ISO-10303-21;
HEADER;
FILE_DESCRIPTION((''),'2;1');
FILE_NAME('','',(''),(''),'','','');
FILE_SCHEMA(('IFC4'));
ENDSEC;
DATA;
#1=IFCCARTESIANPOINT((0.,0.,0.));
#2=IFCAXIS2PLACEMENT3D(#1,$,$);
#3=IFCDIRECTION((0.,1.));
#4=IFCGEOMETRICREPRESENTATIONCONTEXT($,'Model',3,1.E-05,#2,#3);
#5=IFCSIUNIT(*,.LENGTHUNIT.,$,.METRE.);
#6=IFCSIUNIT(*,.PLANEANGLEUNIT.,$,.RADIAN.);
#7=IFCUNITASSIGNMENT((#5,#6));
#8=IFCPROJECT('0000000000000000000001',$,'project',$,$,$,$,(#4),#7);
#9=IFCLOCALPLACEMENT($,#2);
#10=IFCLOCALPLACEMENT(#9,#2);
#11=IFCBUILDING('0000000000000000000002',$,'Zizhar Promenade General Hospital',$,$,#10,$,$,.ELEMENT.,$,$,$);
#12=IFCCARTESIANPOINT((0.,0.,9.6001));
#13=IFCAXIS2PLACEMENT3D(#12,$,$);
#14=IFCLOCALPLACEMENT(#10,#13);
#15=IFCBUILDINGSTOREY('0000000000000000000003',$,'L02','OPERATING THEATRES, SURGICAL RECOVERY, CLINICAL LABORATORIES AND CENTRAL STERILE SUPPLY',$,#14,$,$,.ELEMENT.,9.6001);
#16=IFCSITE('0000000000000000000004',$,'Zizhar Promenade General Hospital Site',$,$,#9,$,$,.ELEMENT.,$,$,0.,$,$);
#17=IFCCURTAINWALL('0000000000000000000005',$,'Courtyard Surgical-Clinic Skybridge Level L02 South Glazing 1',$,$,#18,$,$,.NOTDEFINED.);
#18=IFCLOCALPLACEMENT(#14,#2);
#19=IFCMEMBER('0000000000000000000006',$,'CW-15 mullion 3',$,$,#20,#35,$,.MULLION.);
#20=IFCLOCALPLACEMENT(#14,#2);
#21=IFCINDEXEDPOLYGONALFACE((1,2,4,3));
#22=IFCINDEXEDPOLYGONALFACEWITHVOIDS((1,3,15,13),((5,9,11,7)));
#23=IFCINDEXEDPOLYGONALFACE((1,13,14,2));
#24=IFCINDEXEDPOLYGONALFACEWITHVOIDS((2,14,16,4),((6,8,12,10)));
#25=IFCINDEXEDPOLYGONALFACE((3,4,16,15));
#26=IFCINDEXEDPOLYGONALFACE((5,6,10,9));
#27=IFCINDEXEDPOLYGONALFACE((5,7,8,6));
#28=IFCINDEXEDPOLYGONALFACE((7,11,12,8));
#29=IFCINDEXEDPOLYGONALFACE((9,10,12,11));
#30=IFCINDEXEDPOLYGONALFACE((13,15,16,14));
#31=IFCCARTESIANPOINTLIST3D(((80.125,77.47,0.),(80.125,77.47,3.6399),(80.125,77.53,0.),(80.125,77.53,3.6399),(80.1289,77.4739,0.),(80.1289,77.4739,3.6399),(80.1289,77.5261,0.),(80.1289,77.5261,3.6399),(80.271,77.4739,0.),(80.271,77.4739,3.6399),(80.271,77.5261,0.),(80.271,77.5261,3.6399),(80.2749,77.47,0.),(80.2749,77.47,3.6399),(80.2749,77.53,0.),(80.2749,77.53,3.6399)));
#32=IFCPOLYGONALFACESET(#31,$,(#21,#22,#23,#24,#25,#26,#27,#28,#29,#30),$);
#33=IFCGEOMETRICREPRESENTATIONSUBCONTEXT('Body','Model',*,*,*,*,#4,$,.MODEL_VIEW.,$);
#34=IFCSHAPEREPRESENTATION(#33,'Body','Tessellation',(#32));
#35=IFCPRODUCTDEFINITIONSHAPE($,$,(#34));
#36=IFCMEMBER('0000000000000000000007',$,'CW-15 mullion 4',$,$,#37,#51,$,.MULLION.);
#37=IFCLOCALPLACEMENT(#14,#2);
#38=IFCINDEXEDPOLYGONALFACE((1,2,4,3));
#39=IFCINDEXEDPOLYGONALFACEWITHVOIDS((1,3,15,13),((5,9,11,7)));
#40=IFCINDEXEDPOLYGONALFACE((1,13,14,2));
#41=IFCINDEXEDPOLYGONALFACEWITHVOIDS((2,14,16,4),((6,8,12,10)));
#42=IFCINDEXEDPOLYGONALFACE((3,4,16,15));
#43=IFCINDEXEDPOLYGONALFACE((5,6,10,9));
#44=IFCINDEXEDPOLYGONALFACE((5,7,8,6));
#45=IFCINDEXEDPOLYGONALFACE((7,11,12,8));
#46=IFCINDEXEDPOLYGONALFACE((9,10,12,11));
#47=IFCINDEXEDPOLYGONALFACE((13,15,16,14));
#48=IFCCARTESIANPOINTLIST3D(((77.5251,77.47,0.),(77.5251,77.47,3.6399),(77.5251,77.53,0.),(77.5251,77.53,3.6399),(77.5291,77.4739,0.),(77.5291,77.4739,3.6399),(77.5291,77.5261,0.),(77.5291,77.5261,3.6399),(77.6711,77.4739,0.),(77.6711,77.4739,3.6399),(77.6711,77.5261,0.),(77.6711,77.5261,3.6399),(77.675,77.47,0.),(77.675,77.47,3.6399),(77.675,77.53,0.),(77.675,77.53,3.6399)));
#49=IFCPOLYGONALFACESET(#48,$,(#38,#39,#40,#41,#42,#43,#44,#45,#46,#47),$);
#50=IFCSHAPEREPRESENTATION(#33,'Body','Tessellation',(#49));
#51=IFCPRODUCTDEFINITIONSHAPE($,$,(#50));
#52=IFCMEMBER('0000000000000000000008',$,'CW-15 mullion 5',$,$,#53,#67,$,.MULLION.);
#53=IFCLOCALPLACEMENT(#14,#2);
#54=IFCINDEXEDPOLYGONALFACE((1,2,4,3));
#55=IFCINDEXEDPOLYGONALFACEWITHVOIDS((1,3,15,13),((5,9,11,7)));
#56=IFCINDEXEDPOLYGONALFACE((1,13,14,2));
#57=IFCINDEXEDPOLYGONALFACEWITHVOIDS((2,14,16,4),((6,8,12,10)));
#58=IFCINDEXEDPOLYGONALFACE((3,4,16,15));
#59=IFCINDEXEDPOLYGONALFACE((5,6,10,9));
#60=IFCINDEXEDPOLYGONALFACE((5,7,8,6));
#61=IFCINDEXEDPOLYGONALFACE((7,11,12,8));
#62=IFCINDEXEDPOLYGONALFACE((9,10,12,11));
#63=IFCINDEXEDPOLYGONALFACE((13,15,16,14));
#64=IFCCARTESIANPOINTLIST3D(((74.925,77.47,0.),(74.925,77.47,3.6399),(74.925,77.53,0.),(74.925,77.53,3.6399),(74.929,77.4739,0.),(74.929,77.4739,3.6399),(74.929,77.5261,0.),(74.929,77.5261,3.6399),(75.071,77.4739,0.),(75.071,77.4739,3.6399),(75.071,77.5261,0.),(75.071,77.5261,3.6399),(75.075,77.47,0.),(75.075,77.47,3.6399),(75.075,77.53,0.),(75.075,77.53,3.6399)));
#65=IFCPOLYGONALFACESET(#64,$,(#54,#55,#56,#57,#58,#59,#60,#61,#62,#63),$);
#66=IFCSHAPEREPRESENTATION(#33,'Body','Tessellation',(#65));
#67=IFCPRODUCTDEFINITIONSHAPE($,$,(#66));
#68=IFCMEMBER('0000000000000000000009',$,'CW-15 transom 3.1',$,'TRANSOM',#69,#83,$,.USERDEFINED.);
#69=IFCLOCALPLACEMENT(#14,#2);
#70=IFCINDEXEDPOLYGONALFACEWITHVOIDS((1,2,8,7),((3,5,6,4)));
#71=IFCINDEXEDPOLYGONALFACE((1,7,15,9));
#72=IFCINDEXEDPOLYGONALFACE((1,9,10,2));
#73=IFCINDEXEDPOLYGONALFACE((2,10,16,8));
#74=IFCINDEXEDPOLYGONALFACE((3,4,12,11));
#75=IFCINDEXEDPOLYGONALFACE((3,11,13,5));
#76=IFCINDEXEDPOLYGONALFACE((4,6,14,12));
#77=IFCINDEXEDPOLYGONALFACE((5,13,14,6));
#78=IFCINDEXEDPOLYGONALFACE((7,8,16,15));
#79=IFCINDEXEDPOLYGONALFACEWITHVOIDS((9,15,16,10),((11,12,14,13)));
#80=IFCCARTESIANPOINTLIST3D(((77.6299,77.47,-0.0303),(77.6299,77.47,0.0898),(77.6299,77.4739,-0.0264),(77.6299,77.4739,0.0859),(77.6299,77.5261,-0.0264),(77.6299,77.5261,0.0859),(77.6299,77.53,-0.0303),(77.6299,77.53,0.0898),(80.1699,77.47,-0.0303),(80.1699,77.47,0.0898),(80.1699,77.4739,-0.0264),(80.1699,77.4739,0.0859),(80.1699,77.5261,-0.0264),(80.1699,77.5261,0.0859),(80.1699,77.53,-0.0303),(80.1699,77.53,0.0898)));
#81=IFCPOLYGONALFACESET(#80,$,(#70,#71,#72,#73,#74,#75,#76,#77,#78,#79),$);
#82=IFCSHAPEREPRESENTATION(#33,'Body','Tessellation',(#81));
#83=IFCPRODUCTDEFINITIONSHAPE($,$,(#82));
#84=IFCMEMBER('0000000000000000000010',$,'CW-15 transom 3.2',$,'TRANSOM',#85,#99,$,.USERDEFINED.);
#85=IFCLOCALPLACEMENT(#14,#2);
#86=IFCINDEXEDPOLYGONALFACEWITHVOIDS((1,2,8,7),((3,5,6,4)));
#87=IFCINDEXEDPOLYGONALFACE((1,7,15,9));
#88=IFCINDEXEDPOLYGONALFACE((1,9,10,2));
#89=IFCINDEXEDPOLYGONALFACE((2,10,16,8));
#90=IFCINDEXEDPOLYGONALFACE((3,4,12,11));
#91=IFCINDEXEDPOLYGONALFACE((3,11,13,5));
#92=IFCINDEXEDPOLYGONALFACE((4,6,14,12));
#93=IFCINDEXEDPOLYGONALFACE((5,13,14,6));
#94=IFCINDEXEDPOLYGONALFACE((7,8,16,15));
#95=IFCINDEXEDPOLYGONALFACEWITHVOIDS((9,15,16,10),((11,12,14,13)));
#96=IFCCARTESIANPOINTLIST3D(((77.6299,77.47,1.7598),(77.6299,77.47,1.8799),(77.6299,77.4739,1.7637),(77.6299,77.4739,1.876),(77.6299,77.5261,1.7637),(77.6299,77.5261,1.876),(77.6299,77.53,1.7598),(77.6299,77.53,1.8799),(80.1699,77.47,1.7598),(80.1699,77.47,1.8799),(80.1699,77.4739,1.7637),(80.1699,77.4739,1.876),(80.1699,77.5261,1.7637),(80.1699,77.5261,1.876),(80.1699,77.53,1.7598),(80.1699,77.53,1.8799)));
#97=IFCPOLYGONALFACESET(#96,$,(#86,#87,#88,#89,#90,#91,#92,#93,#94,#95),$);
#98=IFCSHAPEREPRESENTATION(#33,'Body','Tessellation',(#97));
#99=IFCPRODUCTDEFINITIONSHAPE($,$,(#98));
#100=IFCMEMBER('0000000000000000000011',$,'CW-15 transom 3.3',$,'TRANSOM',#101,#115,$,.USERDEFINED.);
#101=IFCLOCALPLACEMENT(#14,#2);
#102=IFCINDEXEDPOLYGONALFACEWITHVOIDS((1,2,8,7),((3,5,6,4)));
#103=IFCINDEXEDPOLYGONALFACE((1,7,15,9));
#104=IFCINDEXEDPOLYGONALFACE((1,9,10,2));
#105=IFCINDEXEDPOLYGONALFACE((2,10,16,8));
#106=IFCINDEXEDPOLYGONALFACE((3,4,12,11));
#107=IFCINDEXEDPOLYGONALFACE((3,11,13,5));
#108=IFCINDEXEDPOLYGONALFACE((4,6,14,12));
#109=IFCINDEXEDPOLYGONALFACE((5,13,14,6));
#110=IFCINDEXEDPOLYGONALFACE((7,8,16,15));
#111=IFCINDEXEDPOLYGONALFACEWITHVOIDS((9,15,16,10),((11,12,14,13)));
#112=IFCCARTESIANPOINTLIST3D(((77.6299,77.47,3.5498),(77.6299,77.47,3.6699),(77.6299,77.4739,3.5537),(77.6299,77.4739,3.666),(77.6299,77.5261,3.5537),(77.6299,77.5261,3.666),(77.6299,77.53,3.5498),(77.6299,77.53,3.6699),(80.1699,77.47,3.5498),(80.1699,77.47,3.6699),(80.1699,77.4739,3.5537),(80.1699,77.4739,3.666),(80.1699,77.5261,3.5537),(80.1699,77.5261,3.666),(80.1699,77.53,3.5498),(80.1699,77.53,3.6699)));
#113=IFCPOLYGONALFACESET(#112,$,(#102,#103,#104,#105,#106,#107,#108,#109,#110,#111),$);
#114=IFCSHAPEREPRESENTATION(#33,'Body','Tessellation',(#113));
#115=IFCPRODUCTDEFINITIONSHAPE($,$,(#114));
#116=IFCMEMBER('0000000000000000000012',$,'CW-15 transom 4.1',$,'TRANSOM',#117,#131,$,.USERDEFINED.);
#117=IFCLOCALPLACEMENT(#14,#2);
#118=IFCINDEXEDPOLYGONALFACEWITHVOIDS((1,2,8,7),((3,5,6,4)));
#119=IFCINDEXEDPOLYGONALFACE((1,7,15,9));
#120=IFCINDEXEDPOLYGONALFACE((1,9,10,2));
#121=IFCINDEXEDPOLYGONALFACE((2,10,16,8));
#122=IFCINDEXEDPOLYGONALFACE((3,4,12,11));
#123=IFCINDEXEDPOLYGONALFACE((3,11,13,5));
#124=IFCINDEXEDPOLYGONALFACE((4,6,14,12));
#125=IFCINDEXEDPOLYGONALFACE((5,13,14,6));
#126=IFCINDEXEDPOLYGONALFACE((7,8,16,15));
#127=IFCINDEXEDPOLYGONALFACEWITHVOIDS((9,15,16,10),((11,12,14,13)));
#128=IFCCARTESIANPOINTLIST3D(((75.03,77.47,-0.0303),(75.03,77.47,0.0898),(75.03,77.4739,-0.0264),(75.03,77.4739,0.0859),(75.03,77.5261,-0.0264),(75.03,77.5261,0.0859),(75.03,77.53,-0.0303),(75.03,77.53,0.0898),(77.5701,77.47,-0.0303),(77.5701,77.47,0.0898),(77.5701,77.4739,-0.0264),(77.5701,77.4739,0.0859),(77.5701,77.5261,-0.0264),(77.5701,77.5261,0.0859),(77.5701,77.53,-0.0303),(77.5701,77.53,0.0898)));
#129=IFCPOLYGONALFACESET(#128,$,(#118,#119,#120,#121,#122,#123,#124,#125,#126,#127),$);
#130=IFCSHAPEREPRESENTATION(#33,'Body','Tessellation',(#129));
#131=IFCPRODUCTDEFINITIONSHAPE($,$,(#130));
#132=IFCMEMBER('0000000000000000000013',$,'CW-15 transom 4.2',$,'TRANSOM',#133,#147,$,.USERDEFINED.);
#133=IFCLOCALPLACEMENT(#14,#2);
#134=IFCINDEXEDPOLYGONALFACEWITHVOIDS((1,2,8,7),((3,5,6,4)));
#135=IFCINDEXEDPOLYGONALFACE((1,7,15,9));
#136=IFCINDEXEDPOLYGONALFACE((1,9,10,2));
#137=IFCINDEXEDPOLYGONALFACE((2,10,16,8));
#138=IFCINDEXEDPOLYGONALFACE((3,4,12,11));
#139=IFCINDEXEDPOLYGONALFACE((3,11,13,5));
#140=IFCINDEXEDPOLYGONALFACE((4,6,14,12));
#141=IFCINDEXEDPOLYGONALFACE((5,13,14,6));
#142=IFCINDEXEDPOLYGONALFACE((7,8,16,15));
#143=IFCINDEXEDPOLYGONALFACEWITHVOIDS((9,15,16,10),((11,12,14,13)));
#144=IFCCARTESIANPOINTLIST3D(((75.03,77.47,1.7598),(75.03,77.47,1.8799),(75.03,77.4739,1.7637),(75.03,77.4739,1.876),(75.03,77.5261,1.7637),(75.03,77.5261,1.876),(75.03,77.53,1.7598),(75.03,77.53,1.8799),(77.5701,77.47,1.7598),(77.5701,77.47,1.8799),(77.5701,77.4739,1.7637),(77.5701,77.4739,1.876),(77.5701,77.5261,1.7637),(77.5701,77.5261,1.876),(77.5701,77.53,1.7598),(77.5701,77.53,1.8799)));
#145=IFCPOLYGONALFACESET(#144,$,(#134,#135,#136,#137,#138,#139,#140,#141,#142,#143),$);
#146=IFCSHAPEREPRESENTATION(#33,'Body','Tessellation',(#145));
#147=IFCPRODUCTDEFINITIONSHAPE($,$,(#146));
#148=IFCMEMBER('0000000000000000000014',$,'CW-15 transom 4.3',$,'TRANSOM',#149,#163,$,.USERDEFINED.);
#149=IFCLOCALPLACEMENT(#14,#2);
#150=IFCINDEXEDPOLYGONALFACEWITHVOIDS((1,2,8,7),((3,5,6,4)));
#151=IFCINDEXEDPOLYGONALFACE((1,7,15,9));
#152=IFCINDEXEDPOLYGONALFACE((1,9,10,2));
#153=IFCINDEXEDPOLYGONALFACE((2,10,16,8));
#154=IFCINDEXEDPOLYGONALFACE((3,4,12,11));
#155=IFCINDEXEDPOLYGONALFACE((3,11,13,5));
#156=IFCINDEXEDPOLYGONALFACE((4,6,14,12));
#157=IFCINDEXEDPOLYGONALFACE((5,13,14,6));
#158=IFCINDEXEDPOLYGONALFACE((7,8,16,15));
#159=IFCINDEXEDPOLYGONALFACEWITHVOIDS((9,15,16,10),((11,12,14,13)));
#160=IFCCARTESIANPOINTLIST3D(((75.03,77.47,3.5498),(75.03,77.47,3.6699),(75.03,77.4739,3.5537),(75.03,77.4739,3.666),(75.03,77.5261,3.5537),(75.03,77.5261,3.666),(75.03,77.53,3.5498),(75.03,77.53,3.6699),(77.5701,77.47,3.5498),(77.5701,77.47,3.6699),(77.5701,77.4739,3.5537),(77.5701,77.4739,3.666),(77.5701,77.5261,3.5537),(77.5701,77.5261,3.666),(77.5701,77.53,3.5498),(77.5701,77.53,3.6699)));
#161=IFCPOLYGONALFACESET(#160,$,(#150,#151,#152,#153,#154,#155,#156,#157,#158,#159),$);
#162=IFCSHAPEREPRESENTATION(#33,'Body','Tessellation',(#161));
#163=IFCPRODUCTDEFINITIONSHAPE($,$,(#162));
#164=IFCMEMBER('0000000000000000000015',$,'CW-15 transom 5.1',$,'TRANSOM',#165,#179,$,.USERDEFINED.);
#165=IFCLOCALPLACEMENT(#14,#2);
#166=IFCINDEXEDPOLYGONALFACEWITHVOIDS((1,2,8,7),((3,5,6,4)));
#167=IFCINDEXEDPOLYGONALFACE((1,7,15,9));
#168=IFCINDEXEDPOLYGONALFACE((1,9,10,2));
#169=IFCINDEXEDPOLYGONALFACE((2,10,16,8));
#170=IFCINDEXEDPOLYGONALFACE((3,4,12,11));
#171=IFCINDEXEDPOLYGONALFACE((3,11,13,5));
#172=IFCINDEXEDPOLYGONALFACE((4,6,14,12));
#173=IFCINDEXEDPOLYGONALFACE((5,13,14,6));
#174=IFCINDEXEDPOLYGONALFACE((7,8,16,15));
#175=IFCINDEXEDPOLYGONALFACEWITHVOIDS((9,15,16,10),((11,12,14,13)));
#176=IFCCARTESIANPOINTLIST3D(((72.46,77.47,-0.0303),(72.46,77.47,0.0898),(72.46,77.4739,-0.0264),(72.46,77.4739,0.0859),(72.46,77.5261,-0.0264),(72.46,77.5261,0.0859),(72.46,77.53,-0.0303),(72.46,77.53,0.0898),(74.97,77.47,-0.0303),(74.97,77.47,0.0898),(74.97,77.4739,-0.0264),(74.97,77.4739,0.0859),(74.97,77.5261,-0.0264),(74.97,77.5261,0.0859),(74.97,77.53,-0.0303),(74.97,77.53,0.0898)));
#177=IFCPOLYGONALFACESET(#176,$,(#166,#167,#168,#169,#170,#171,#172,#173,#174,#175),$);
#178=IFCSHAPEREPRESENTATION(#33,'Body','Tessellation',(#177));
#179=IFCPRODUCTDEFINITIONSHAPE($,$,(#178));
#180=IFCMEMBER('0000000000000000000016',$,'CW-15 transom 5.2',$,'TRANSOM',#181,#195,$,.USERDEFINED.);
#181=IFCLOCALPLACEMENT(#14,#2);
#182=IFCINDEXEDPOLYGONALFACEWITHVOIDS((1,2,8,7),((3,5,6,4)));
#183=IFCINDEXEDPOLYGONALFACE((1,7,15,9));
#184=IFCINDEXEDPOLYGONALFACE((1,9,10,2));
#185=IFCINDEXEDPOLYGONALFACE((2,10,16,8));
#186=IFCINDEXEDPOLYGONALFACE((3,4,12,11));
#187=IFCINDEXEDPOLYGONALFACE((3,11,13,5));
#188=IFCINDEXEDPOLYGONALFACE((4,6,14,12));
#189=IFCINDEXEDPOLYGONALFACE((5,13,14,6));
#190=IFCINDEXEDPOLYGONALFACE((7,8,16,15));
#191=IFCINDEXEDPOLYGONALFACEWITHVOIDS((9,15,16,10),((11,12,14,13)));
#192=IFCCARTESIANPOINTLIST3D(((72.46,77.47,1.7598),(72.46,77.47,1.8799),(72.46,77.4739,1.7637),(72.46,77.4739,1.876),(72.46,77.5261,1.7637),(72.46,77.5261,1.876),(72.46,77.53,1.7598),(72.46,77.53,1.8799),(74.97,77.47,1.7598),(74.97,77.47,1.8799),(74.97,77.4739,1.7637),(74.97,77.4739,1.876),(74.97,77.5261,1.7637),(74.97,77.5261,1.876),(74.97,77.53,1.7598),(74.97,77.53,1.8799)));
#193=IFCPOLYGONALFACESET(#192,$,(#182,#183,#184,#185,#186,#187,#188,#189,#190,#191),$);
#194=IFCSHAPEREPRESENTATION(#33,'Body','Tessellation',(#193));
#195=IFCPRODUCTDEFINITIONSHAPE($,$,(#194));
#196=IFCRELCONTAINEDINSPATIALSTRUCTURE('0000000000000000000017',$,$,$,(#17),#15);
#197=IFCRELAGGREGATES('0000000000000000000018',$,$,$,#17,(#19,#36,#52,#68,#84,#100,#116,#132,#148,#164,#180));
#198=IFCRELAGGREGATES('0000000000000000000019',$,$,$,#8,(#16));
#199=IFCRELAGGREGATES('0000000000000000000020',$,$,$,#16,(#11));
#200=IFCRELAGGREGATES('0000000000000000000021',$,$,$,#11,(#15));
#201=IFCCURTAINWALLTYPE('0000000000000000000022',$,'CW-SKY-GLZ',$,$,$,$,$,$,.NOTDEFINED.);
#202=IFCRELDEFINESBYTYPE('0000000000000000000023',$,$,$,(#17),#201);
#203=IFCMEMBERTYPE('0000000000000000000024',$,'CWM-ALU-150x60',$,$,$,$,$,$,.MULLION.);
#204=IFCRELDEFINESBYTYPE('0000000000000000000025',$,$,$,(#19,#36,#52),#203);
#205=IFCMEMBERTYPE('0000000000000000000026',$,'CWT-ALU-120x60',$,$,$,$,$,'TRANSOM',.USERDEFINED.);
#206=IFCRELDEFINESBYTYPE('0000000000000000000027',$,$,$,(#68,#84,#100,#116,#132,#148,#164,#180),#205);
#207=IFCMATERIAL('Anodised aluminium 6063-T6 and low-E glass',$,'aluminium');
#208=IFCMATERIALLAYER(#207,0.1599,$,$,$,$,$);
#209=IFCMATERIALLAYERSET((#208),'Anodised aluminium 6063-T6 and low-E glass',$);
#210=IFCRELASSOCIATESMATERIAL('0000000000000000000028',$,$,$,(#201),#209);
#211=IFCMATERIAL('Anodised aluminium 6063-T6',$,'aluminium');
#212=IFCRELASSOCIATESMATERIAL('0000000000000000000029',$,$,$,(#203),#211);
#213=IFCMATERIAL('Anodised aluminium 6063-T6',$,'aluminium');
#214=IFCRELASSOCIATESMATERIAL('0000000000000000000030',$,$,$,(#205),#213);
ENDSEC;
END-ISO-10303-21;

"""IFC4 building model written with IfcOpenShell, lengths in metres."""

from ifc_helpers import new_model, si_unit, direction, frame, origin, origin_2d, place, context, subcontext, project, spatial, hollow_rectangle, extrude, material, layer, layer_set, material_profile, profile_set, type_object, element, aggregate, save


model = new_model("IFC4")

# Units and contexts
model_context = context("Model", 3, precision=1e-05, world=origin(), true_north=direction((0.0, 1.0)))
body_context = subcontext(model_context, "Body", "Model", "MODEL_VIEW")
ifc_project = project(units=[si_unit("LENGTHUNIT", "METRE"), si_unit("PLANEANGLEUNIT", "RADIAN")], contexts=[model_context])

# Site, building, storey
site_placement = place(None, origin())
site = spatial("IfcSite", under=ifc_project, at=site_placement, Name="Zizhar Promenade General Hospital Site", CompositionType="ELEMENT", RefElevation=0.0)
building_placement = place(site_placement, origin())
building = spatial("IfcBuilding", under=site, at=building_placement, Name="Zizhar Promenade General Hospital", CompositionType="ELEMENT")
storey_placement = place(building_placement, frame((0.0, 0.0, 9.6001)))
storey = spatial("IfcBuildingStorey", under=building, at=storey_placement, Name="L02", Description="OPERATING THEATRES, SURGICAL RECOVERY, CLINICAL LABORATORIES AND CENTRAL STERILE SUPPLY", CompositionType="ELEMENT", Elevation=9.6001)

# Curtain wall, members
ifc_material_1 = material(Name="Anodised aluminium 6063-T6 and low-E glass", Category="aluminium")
ifc_layer_1 = layer(ifc_material_1, 0.1599)
ifc_layer_set_1 = layer_set([ifc_layer_1], Name="Anodised aluminium 6063-T6 and low-E glass")
curtain_wall_type = type_object("IfcCurtainWallType", Name="CW-SKY-GLZ", PredefinedType="NOTDEFINED", material=ifc_layer_set_1)
curtain_wall_placement = place(storey_placement, origin())
curtain_wall = element("IfcCurtainWall", 1, at=curtain_wall_placement, inside=storey, type_object=curtain_wall_type, Name="Courtyard Surgical-Clinic Skybridge Level L02 South Glazing 1", PredefinedType="NOTDEFINED")
ifc_material_2 = material(Name="Anodised aluminium 6063-T6", Category="aluminium")
ifc_material_profile_1 = material_profile(ifc_material_2, hollow_rectangle(XDim=0.0601, YDim=0.1499, WallThickness=0.0039, at=origin_2d()))
ifc_profile_set_1 = profile_set([ifc_material_profile_1], Name="Anodised aluminium 6063-T6")
member_type_1 = type_object("IfcMemberType", Name="CWM-ALU-150x60", PredefinedType="MULLION", material=ifc_profile_set_1)
member_1_placement = place(storey_placement, frame((80.2, 77.5, 0.0), z_axis=(0.0, 0.0, 1.0), x_axis=(0.0, -1.0, 0.0)))
member_1 = element("IfcMember", 2, at=member_1_placement, type_object=member_type_1, Name="CW-15 mullion 3", PredefinedType="MULLION", context=body_context, shape_type="SweptSolid", body=[
    extrude(hollow_rectangle(XDim=0.0601, YDim=0.1499, WallThickness=0.0039, at=origin_2d()), origin(), (0.0, 0.0, 1.0), 3.6399),
])
member_2_placement = place(storey_placement, frame((77.6001, 77.5, 0.0), z_axis=(0.0, 0.0, 1.0), x_axis=(0.0, -1.0, 0.0)))
member_2 = element("IfcMember", 3, at=member_2_placement, type_object=member_type_1, Name="CW-15 mullion 4", PredefinedType="MULLION", context=body_context, shape_type="SweptSolid", body=[
    extrude(hollow_rectangle(XDim=0.0601, YDim=0.1499, WallThickness=0.0039, at=origin_2d()), origin(), (0.0, 0.0, 1.0), 3.6399),
])
member_3_placement = place(storey_placement, frame((75.0, 77.5, 0.0), z_axis=(0.0, 0.0, 1.0), x_axis=(0.0, -1.0, 0.0)))
member_3 = element("IfcMember", 4, at=member_3_placement, type_object=member_type_1, Name="CW-15 mullion 5", PredefinedType="MULLION", context=body_context, shape_type="SweptSolid", body=[
    extrude(hollow_rectangle(XDim=0.0601, YDim=0.1499, WallThickness=0.0039, at=origin_2d()), origin(), (0.0, 0.0, 1.0), 3.6399),
])
ifc_material_3 = material(Name="Anodised aluminium 6063-T6", Category="aluminium")
ifc_material_profile_2 = material_profile(ifc_material_3, hollow_rectangle(XDim=0.0601, YDim=0.1201, WallThickness=0.0039, at=origin_2d()))
ifc_profile_set_2 = profile_set([ifc_material_profile_2], Name="Anodised aluminium 6063-T6")
member_type_2 = type_object("IfcMemberType", Name="CWT-ALU-120x60", ElementType="TRANSOM", PredefinedType="USERDEFINED", material=ifc_profile_set_2)
member_4_placement = place(storey_placement, frame((80.1699, 77.5, 0.0298), z_axis=(-1.0, 0.0, 0.0), x_axis=(0.0, -1.0, 0.0)))
member_4 = element("IfcMember", 5, at=member_4_placement, type_object=member_type_2, Name="CW-15 transom 3.1", ObjectType="TRANSOM", PredefinedType="USERDEFINED", context=body_context, shape_type="SweptSolid", body=[
    extrude(hollow_rectangle(XDim=0.0601, YDim=0.1201, WallThickness=0.0039, at=origin_2d()), origin(), (0.0, 0.0, 1.0), 2.54),
])
member_5_placement = place(storey_placement, frame((80.1699, 77.5, 1.8198), z_axis=(-1.0, 0.0, 0.0), x_axis=(0.0, -1.0, 0.0)))
member_5 = element("IfcMember", 6, at=member_5_placement, type_object=member_type_2, Name="CW-15 transom 3.2", ObjectType="TRANSOM", PredefinedType="USERDEFINED", context=body_context, shape_type="SweptSolid", body=[
    extrude(hollow_rectangle(XDim=0.0601, YDim=0.1201, WallThickness=0.0039, at=origin_2d()), origin(), (0.0, 0.0, 1.0), 2.54),
])
member_6_placement = place(storey_placement, frame((80.1699, 77.5, 3.6099), z_axis=(-1.0, 0.0, 0.0), x_axis=(0.0, -1.0, 0.0)))
member_6 = element("IfcMember", 7, at=member_6_placement, type_object=member_type_2, Name="CW-15 transom 3.3", ObjectType="TRANSOM", PredefinedType="USERDEFINED", context=body_context, shape_type="SweptSolid", body=[
    extrude(hollow_rectangle(XDim=0.0601, YDim=0.1201, WallThickness=0.0039, at=origin_2d()), origin(), (0.0, 0.0, 1.0), 2.54),
])
member_7_placement = place(storey_placement, frame((77.5701, 77.5, 0.0298), z_axis=(-1.0, 0.0, 0.0), x_axis=(0.0, -1.0, 0.0)))
member_7 = element("IfcMember", 8, at=member_7_placement, type_object=member_type_2, Name="CW-15 transom 4.1", ObjectType="TRANSOM", PredefinedType="USERDEFINED", context=body_context, shape_type="SweptSolid", body=[
    extrude(hollow_rectangle(XDim=0.0601, YDim=0.1201, WallThickness=0.0039, at=origin_2d()), origin(), (0.0, 0.0, 1.0), 2.54),
])
member_8_placement = place(storey_placement, frame((77.5701, 77.5, 1.8198), z_axis=(-1.0, 0.0, 0.0), x_axis=(0.0, -1.0, 0.0)))
member_8 = element("IfcMember", 9, at=member_8_placement, type_object=member_type_2, Name="CW-15 transom 4.2", ObjectType="TRANSOM", PredefinedType="USERDEFINED", context=body_context, shape_type="SweptSolid", body=[
    extrude(hollow_rectangle(XDim=0.0601, YDim=0.1201, WallThickness=0.0039, at=origin_2d()), origin(), (0.0, 0.0, 1.0), 2.54),
])
member_9_placement = place(storey_placement, frame((77.5701, 77.5, 3.6099), z_axis=(-1.0, 0.0, 0.0), x_axis=(0.0, -1.0, 0.0)))
member_9 = element("IfcMember", 10, at=member_9_placement, type_object=member_type_2, Name="CW-15 transom 4.3", ObjectType="TRANSOM", PredefinedType="USERDEFINED", context=body_context, shape_type="SweptSolid", body=[
    extrude(hollow_rectangle(XDim=0.0601, YDim=0.1201, WallThickness=0.0039, at=origin_2d()), origin(), (0.0, 0.0, 1.0), 2.54),
])
member_10_placement = place(storey_placement, frame((74.97, 77.5, 0.0298), z_axis=(-1.0, 0.0, 0.0), x_axis=(0.0, -1.0, 0.0)))
member_10 = element("IfcMember", 11, at=member_10_placement, type_object=member_type_2, Name="CW-15 transom 5.1", ObjectType="TRANSOM", PredefinedType="USERDEFINED", context=body_context, shape_type="SweptSolid", body=[
    extrude(hollow_rectangle(XDim=0.0601, YDim=0.1201, WallThickness=0.0039, at=origin_2d()), origin(), (0.0, 0.0, 1.0), 2.51),
])
member_11_placement = place(storey_placement, frame((74.97, 77.5, 1.8198), z_axis=(-1.0, 0.0, 0.0), x_axis=(0.0, -1.0, 0.0)))
member_11 = element("IfcMember", 12, at=member_11_placement, type_object=member_type_2, Name="CW-15 transom 5.2", ObjectType="TRANSOM", PredefinedType="USERDEFINED", context=body_context, shape_type="SweptSolid", body=[
    extrude(hollow_rectangle(XDim=0.0601, YDim=0.1201, WallThickness=0.0039, at=origin_2d()), origin(), (0.0, 0.0, 1.0), 2.51),
])

aggregate(curtain_wall, [member_1, member_2, member_3, member_4, member_5, member_6, member_7, member_8, member_9, member_10, member_11])

save(model, "model.ifc")
